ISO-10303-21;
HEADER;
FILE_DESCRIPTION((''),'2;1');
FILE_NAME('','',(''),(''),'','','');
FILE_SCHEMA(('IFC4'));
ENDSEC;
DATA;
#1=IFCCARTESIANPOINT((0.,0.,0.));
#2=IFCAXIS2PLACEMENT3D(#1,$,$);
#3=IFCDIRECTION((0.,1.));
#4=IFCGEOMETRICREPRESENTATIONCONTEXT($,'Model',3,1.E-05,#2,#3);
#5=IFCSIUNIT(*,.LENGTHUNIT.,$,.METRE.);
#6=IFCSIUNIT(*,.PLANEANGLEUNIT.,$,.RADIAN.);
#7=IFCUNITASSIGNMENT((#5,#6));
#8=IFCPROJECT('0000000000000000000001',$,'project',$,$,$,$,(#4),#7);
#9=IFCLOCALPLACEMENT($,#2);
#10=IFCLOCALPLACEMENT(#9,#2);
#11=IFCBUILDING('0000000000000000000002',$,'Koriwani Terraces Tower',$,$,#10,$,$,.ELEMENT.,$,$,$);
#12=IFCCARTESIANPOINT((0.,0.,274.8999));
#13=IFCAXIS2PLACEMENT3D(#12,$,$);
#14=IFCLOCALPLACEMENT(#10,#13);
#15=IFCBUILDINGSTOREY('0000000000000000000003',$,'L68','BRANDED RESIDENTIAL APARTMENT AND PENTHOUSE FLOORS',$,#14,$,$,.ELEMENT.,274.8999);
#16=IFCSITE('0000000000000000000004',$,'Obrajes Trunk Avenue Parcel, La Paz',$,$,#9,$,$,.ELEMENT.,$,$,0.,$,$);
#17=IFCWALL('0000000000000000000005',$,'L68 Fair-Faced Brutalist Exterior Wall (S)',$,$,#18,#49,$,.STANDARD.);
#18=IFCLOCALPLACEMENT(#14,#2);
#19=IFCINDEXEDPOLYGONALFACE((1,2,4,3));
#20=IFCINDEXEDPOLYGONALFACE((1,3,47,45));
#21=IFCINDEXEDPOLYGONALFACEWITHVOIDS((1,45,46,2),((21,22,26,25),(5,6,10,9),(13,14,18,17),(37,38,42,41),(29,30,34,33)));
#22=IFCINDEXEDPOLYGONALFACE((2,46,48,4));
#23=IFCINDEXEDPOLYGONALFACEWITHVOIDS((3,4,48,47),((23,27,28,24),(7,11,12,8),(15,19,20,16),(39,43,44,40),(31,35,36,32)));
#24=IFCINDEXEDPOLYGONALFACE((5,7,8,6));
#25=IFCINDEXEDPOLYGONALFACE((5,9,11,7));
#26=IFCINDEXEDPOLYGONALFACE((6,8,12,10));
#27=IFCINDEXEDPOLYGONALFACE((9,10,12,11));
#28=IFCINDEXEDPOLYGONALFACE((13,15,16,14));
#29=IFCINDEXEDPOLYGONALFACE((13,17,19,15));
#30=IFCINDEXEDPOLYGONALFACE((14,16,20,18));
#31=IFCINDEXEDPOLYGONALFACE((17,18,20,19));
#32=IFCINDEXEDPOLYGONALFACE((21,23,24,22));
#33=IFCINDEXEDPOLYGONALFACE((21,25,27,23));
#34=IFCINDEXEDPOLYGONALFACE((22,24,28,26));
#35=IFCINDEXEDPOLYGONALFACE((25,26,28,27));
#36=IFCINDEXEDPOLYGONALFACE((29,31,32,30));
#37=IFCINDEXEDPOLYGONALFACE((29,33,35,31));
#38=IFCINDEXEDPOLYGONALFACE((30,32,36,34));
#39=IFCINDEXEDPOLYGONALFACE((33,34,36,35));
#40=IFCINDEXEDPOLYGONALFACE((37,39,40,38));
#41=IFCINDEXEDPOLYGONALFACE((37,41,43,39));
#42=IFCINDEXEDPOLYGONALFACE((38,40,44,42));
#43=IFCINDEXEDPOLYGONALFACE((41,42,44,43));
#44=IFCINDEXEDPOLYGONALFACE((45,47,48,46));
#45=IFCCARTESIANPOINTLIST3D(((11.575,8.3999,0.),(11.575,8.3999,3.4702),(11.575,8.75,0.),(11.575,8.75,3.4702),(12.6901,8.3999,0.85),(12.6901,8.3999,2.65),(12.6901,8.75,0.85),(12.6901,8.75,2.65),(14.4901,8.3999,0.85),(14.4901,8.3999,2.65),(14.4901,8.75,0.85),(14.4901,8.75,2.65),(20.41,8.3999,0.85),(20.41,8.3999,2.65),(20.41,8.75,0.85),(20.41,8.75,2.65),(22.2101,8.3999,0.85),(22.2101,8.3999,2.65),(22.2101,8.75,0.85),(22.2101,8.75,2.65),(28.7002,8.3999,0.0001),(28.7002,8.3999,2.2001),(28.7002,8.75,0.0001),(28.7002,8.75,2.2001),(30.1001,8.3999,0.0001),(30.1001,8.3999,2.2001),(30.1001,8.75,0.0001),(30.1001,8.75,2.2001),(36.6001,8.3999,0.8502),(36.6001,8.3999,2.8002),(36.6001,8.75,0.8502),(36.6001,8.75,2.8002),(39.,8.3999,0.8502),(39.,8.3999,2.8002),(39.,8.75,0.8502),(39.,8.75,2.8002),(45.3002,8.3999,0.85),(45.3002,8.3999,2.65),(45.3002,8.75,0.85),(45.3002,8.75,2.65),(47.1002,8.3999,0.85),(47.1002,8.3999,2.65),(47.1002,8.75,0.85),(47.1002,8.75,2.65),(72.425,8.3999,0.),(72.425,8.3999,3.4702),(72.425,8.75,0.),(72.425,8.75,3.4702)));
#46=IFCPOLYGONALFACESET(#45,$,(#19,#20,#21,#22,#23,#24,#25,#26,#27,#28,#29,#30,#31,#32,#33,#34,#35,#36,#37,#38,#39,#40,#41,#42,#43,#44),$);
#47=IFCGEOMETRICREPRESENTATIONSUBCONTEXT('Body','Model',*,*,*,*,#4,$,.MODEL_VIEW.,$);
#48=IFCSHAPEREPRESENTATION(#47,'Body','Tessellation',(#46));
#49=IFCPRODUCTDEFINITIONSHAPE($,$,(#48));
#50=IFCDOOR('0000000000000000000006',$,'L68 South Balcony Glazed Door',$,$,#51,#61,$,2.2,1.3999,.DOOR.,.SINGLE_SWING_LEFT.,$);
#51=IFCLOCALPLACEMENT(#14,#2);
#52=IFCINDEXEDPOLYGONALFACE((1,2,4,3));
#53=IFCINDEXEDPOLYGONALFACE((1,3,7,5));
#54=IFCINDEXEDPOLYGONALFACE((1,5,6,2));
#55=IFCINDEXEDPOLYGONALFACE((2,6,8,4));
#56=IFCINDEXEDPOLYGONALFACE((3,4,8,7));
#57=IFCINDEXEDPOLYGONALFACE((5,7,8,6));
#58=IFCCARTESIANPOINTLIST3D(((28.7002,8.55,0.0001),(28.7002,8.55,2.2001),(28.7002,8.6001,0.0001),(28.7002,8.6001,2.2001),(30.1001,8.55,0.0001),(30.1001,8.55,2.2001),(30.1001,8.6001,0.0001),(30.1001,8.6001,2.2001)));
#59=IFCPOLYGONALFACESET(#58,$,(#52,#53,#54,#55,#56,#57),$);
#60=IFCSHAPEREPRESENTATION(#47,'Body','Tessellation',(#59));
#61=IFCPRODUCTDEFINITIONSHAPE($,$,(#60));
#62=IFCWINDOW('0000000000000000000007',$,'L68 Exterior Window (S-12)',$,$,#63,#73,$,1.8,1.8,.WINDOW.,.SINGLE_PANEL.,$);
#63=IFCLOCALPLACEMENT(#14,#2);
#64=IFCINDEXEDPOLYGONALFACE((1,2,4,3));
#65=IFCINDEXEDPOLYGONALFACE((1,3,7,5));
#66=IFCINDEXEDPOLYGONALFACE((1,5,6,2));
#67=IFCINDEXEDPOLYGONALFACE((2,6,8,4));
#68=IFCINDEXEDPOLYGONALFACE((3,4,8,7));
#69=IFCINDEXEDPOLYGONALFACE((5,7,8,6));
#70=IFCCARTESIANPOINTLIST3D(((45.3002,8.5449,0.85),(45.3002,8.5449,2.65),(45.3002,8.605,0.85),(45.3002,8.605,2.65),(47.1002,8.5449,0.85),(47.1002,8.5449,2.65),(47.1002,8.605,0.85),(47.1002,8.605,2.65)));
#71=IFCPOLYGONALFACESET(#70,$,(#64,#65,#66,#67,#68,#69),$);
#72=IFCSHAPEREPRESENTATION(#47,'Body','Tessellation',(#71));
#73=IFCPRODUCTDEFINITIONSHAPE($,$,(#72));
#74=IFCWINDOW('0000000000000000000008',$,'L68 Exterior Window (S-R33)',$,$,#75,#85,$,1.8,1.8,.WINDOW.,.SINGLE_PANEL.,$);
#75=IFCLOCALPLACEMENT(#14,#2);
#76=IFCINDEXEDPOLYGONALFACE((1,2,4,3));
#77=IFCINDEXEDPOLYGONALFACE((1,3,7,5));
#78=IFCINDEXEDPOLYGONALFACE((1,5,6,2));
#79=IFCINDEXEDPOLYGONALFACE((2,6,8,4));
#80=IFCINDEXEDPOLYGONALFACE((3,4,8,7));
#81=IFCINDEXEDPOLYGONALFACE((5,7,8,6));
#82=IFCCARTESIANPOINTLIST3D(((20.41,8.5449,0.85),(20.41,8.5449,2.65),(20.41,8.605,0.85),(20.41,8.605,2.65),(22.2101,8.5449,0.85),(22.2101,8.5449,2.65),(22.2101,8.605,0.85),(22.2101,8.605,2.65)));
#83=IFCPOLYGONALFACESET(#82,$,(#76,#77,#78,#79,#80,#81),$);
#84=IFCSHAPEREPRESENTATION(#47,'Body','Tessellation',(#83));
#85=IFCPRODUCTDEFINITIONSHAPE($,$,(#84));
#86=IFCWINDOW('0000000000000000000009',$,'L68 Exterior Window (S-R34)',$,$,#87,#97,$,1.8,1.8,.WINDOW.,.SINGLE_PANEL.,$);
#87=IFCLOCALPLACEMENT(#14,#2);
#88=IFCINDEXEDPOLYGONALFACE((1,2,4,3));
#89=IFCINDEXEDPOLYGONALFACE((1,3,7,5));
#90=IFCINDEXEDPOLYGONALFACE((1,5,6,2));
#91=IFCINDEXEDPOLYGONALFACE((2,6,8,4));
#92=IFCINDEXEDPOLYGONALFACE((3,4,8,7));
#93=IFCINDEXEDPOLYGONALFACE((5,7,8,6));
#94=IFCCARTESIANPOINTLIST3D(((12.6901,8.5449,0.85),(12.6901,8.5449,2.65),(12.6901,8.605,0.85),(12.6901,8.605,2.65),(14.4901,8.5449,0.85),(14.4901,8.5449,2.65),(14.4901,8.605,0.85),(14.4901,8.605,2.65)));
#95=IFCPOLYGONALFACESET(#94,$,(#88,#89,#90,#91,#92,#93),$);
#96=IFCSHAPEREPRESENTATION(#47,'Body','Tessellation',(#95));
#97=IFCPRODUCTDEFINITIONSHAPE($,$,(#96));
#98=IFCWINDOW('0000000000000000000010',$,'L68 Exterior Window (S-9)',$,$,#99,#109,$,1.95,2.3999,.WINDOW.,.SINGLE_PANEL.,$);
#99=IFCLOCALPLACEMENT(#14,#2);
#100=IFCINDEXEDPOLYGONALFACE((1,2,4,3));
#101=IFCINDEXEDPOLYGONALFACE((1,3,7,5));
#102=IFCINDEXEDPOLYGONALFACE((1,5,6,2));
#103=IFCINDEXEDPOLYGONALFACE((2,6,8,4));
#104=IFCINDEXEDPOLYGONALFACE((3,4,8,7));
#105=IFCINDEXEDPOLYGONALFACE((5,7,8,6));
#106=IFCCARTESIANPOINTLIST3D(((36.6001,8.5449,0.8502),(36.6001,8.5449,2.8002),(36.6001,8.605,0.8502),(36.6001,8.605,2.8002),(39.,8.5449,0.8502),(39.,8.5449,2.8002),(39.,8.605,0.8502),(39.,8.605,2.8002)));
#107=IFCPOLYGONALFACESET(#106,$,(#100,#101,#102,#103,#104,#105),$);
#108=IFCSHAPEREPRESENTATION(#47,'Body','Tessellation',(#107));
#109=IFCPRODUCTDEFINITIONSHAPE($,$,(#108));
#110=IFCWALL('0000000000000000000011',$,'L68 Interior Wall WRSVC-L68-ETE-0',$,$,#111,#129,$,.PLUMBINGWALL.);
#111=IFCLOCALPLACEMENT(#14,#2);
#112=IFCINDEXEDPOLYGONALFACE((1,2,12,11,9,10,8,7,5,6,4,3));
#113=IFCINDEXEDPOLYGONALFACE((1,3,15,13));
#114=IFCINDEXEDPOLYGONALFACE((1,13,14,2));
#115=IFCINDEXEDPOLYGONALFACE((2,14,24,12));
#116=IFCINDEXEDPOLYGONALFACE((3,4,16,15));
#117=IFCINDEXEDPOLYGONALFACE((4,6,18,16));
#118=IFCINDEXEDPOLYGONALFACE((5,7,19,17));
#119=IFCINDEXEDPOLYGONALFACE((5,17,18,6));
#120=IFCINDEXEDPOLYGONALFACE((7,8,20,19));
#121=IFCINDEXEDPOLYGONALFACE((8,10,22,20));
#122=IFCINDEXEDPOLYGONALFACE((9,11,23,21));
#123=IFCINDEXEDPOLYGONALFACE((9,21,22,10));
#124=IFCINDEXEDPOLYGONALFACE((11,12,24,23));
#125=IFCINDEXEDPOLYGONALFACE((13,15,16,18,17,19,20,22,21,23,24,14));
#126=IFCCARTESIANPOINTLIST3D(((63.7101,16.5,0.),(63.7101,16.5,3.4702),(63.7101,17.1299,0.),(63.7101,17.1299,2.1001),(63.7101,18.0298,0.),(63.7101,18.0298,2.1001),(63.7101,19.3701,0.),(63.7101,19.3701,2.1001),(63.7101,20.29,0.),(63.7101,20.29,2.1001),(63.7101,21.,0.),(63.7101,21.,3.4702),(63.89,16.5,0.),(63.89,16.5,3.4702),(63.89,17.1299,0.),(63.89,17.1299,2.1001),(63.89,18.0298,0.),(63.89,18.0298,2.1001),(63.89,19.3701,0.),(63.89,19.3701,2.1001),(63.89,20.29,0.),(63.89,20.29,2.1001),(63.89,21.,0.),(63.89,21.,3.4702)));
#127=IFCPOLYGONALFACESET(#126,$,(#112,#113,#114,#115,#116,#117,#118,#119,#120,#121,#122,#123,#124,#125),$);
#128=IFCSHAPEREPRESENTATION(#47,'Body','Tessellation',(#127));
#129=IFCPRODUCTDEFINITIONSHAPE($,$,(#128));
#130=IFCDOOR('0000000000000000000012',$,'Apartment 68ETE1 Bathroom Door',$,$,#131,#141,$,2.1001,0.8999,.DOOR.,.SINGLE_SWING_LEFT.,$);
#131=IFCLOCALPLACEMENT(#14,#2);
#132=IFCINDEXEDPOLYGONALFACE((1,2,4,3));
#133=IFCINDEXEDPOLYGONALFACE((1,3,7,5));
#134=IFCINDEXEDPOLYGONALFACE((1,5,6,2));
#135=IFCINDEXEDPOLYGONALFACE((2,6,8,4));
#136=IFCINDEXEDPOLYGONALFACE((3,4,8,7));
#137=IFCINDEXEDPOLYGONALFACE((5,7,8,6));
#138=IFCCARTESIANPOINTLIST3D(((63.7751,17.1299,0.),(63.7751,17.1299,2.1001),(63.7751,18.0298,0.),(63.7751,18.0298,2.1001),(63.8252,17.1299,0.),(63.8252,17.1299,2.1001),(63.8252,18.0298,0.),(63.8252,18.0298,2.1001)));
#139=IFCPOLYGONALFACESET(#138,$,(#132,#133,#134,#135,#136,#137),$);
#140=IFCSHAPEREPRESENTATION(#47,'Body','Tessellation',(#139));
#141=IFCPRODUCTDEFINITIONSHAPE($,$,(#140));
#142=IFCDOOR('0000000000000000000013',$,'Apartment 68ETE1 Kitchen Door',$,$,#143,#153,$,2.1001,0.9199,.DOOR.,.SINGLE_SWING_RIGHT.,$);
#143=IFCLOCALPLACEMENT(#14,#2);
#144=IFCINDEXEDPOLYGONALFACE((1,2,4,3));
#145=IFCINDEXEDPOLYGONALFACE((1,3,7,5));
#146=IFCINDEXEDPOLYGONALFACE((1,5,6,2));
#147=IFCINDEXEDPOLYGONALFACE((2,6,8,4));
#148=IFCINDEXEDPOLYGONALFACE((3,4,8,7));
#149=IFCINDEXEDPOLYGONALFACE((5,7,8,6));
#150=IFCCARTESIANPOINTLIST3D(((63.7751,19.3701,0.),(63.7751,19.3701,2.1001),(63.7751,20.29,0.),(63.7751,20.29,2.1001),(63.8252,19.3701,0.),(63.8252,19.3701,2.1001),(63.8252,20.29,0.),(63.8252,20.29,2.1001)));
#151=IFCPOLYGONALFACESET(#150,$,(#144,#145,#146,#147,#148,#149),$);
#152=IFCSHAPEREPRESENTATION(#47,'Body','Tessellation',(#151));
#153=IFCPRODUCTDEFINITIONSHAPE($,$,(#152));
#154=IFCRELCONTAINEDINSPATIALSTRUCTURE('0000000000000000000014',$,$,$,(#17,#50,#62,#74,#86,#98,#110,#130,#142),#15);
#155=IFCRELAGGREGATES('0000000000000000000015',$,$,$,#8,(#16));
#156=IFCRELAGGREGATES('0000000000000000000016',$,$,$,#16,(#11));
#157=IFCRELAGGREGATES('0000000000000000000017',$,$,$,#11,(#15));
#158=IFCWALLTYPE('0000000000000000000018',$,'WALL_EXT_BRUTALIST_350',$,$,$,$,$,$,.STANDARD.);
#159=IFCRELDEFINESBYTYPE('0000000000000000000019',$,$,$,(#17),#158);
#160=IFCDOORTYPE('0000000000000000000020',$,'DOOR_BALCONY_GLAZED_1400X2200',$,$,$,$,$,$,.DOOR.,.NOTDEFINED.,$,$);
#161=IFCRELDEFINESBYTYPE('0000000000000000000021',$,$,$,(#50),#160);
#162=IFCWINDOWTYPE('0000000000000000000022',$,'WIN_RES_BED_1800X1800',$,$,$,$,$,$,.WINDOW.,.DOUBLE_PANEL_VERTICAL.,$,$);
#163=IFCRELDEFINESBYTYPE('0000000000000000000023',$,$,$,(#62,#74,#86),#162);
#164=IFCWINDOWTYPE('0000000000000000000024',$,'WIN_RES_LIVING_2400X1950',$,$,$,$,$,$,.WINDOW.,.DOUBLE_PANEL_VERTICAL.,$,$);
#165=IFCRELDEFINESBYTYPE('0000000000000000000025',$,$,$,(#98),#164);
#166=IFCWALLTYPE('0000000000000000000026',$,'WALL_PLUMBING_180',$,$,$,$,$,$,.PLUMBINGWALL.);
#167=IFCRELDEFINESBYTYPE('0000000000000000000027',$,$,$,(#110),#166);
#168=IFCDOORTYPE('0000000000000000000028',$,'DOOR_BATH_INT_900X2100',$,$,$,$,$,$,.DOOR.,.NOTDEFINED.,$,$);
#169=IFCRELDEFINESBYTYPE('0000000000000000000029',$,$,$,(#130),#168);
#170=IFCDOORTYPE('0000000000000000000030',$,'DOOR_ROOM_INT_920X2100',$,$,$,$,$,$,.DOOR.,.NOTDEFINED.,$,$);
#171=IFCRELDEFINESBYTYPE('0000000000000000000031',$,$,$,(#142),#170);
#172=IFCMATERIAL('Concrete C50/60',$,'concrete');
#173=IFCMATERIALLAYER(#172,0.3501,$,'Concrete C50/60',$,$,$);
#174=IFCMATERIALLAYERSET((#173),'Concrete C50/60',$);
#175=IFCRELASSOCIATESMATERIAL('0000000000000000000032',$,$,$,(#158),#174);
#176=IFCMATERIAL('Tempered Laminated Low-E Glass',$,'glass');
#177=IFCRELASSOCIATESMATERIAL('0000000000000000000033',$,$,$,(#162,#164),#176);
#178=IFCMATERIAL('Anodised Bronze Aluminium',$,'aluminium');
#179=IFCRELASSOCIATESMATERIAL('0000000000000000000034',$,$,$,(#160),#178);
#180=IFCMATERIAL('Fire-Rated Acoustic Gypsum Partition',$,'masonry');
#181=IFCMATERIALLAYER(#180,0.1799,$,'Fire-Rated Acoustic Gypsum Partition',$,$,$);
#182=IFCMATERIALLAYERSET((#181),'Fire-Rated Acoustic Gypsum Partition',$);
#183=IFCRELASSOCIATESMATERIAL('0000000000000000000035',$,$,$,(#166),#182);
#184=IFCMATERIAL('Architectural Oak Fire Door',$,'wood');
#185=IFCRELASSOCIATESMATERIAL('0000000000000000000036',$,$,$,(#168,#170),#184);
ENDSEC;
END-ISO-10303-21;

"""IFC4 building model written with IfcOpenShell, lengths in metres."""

from ifc_helpers import new_model, si_unit, direction, frame, frame_2d, origin, place, context, subcontext, project, spatial, rectangle, extrude, material, layer, layer_set, type_object, element, fill, save


model = new_model("IFC4")

# Units and contexts
model_context = context("Model", 3, precision=1e-05, world=origin(), true_north=direction((0.0, 1.0)))
body_context = subcontext(model_context, "Body", "Model", "MODEL_VIEW")
ifc_project = project(units=[si_unit("LENGTHUNIT", "METRE"), si_unit("PLANEANGLEUNIT", "RADIAN")], contexts=[model_context])

# Site, building, storey
site_placement = place(None, origin())
site = spatial("IfcSite", under=ifc_project, at=site_placement, Name="Obrajes Trunk Avenue Parcel, La Paz", CompositionType="ELEMENT", RefElevation=0.0)
building_placement = place(site_placement, origin())
building = spatial("IfcBuilding", under=site, at=building_placement, Name="Koriwani Terraces Tower", CompositionType="ELEMENT")
storey_placement = place(building_placement, frame((0.0, 0.0, 274.8999)))
storey = spatial("IfcBuildingStorey", under=building, at=storey_placement, Name="L68", Description="BRANDED RESIDENTIAL APARTMENT AND PENTHOUSE FLOORS", CompositionType="ELEMENT", Elevation=274.8999)

# Shared definitions
ifc_material_1 = material(Name="Concrete C50/60", Category="concrete")

# Shared definitions
ifc_layer_1 = layer(ifc_material_1, 0.3501, Name="Concrete C50/60")
ifc_layer_set_1 = layer_set([ifc_layer_1], Name="Concrete C50/60")
wall_type_1 = type_object("IfcWallType", Name="WALL_EXT_BRUTALIST_350", PredefinedType="STANDARD", material=ifc_layer_set_1)
ifc_material_2 = material(Name="Tempered Laminated Low-E Glass", Category="glass")
window_type_1 = type_object("IfcWindowType", Name="WIN_RES_BED_1800X1800", PartitioningType="DOUBLE_PANEL_VERTICAL", PredefinedType="WINDOW", material=ifc_material_2)

# Wall, openings, door, windows
wall_1_placement = place(storey_placement, frame((72.425, 8.575, 0.0), z_axis=(0.0, 0.0, 1.0), x_axis=(-1.0, 0.0, 0.0)))
wall_1 = element("IfcWall", 1, at=wall_1_placement, inside=storey, type_object=wall_type_1, Name="L68 Fair-Faced Brutalist Exterior Wall (S)", PredefinedType="STANDARD", context=body_context, shape_type="SweptSolid", body=[
    extrude(rectangle(XDim=60.8501, YDim=0.3501, at=frame_2d((30.425, 0.0))), origin(), (0.0, 0.0, 1.0), 3.4702),
])
opening_1_placement = place(wall_1_placement, frame((42.325, 0.0, 0.0)))
opening_1 = element("IfcOpeningElement", 2, at=opening_1_placement, cuts=wall_1, PredefinedType="OPENING", context=body_context, shape_type="SweptSolid", body=[
    extrude(rectangle(XDim=1.3999, YDim=2.2, at=frame_2d((0.7, 1.1001))), frame((0.0, 0.1851, 0.0), z_axis=(0.0, -1.0, 0.0), x_axis=(1.0, 0.0, 0.0)), (0.0, 0.0, 1.0), 0.3701),
])
opening_2_placement = place(wall_1_placement, frame((33.425, 0.0, 0.8501)))
opening_2 = element("IfcOpeningElement", 3, at=opening_2_placement, cuts=wall_1, PredefinedType="OPENING", context=body_context, shape_type="SweptSolid", body=[
    extrude(rectangle(XDim=2.3999, YDim=1.95, at=frame_2d((1.2, 0.9751))), frame((0.0, 0.1851, 0.0), z_axis=(0.0, -1.0, 0.0), x_axis=(1.0, 0.0, 0.0)), (0.0, 0.0, 1.0), 0.3701),
])
opening_3_placement = place(wall_1_placement, frame((25.325, 0.0, 0.8501)))
opening_3 = element("IfcOpeningElement", 4, at=opening_3_placement, cuts=wall_1, PredefinedType="OPENING", context=body_context, shape_type="SweptSolid", body=[
    extrude(rectangle(XDim=1.8, YDim=1.8, at=frame_2d((0.8999, 0.8999))), frame((0.0, 0.1851, 0.0), z_axis=(0.0, -1.0, 0.0), x_axis=(1.0, 0.0, 0.0)), (0.0, 0.0, 1.0), 0.3701),
])
opening_4_placement = place(wall_1_placement, frame((50.2151, 0.0, 0.8501)))
opening_4 = element("IfcOpeningElement", 5, at=opening_4_placement, cuts=wall_1, PredefinedType="OPENING", context=body_context, shape_type="SweptSolid", body=[
    extrude(rectangle(XDim=1.8, YDim=1.8, at=frame_2d((0.8999, 0.8999))), frame((0.0, 0.1851, 0.0), z_axis=(0.0, -1.0, 0.0), x_axis=(1.0, 0.0, 0.0)), (0.0, 0.0, 1.0), 0.3701),
])
opening_5_placement = place(wall_1_placement, frame((57.9351, 0.0, 0.8501)))
opening_5 = element("IfcOpeningElement", 6, at=opening_5_placement, cuts=wall_1, PredefinedType="OPENING", context=body_context, shape_type="SweptSolid", body=[
    extrude(rectangle(XDim=1.8, YDim=1.8, at=frame_2d((0.8999, 0.8999))), frame((0.0, 0.1851, 0.0), z_axis=(0.0, -1.0, 0.0), x_axis=(1.0, 0.0, 0.0)), (0.0, 0.0, 1.0), 0.3701),
])
ifc_material_3 = material(Name="Anodised Bronze Aluminium", Category="aluminium")
door_type_1 = type_object("IfcDoorType", Name="DOOR_BALCONY_GLAZED_1400X2200", OperationType="NOTDEFINED", PredefinedType="DOOR", material=ifc_material_3)
door_1_placement = place(opening_1_placement, origin())
door_1 = element("IfcDoor", 7, at=door_1_placement, inside=storey, type_object=door_type_1, Name="L68 South Balcony Glazed Door", OperationType="SINGLE_SWING_LEFT", OverallHeight=2.2, OverallWidth=1.3999, PredefinedType="DOOR", context=body_context, shape_type="SweptSolid", body=[
    extrude(rectangle(XDim=1.3999, YDim=2.2, at=frame_2d((0.7, 1.1001))), frame((0.0, 0.0249, 0.0), z_axis=(0.0, -1.0, 0.0), x_axis=(1.0, 0.0, 0.0)), (0.0, 0.0, 1.0), 0.05),
])
fill(opening_1, door_1)
window_1_placement = place(opening_3_placement, origin())
window_1 = element("IfcWindow", 8, at=window_1_placement, inside=storey, type_object=window_type_1, Name="L68 Exterior Window (S-12)", OverallHeight=1.8, OverallWidth=1.8, PartitioningType="SINGLE_PANEL", PredefinedType="WINDOW", context=body_context, shape_type="SweptSolid", body=[
    extrude(rectangle(XDim=1.8, YDim=1.8, at=frame_2d((0.8999, 0.8999))), frame((0.0, 0.03, 0.0), z_axis=(0.0, -1.0, 0.0), x_axis=(1.0, 0.0, 0.0)), (0.0, 0.0, 1.0), 0.0601),
])
fill(opening_3, window_1)
window_2_placement = place(opening_4_placement, origin())
window_2 = element("IfcWindow", 9, at=window_2_placement, inside=storey, type_object=window_type_1, Name="L68 Exterior Window (S-R33)", OverallHeight=1.8, OverallWidth=1.8, PartitioningType="SINGLE_PANEL", PredefinedType="WINDOW", context=body_context, shape_type="SweptSolid", body=[
    extrude(rectangle(XDim=1.8, YDim=1.8, at=frame_2d((0.8999, 0.8999))), frame((0.0, 0.03, 0.0), z_axis=(0.0, -1.0, 0.0), x_axis=(1.0, 0.0, 0.0)), (0.0, 0.0, 1.0), 0.0601),
])
fill(opening_4, window_2)
window_3_placement = place(opening_5_placement, origin())
window_3 = element("IfcWindow", 10, at=window_3_placement, inside=storey, type_object=window_type_1, Name="L68 Exterior Window (S-R34)", OverallHeight=1.8, OverallWidth=1.8, PartitioningType="SINGLE_PANEL", PredefinedType="WINDOW", context=body_context, shape_type="SweptSolid", body=[
    extrude(rectangle(XDim=1.8, YDim=1.8, at=frame_2d((0.8999, 0.8999))), frame((0.0, 0.03, 0.0), z_axis=(0.0, -1.0, 0.0), x_axis=(1.0, 0.0, 0.0)), (0.0, 0.0, 1.0), 0.0601),
])
fill(opening_5, window_3)
window_type_2 = type_object("IfcWindowType", Name="WIN_RES_LIVING_2400X1950", PartitioningType="DOUBLE_PANEL_VERTICAL", PredefinedType="WINDOW", material=ifc_material_2)
window_4_placement = place(opening_2_placement, origin())
window_4 = element("IfcWindow", 11, at=window_4_placement, inside=storey, type_object=window_type_2, Name="L68 Exterior Window (S-9)", OverallHeight=1.95, OverallWidth=2.3999, PartitioningType="SINGLE_PANEL", PredefinedType="WINDOW", context=body_context, shape_type="SweptSolid", body=[
    extrude(rectangle(XDim=2.3999, YDim=1.95, at=frame_2d((1.2, 0.9751))), frame((0.0, 0.03, 0.0), z_axis=(0.0, -1.0, 0.0), x_axis=(1.0, 0.0, 0.0)), (0.0, 0.0, 1.0), 0.0601),
])
fill(opening_2, window_4)

# Wall, openings, doors
ifc_material_4 = material(Name="Fire-Rated Acoustic Gypsum Partition", Category="masonry")
ifc_layer_2 = layer(ifc_material_4, 0.1799, Name="Fire-Rated Acoustic Gypsum Partition")
ifc_layer_set_2 = layer_set([ifc_layer_2], Name="Fire-Rated Acoustic Gypsum Partition")
wall_type_2 = type_object("IfcWallType", Name="WALL_PLUMBING_180", PredefinedType="PLUMBINGWALL", material=ifc_layer_set_2)
wall_2_placement = place(storey_placement, frame((63.8, 16.5, 0.0), z_axis=(0.0, 0.0, 1.0), x_axis=(0.0, 1.0, 0.0)))
wall_2 = element("IfcWall", 12, at=wall_2_placement, inside=storey, type_object=wall_type_2, Name="L68 Interior Wall WRSVC-L68-ETE-0", PredefinedType="PLUMBINGWALL", context=body_context, shape_type="SweptSolid", body=[
    extrude(rectangle(XDim=4.5, YDim=0.1799, at=frame_2d((2.25, 0.0))), origin(), (0.0, 0.0, 1.0), 3.4702),
])
opening_6_placement = place(wall_2_placement, frame((0.6299, 0.0, 0.0)))
opening_6 = element("IfcOpeningElement", 13, at=opening_6_placement, cuts=wall_2, PredefinedType="OPENING", context=body_context, shape_type="SweptSolid", body=[
    extrude(rectangle(XDim=0.8999, YDim=2.1001, at=frame_2d((0.45, 1.05))), frame((0.0, 0.1001, 0.0), z_axis=(0.0, -1.0, 0.0), x_axis=(1.0, 0.0, 0.0)), (0.0, 0.0, 1.0), 0.2),
])
opening_7_placement = place(wall_2_placement, frame((2.8701, 0.0, 0.0)))
opening_7 = element("IfcOpeningElement", 14, at=opening_7_placement, cuts=wall_2, PredefinedType="OPENING", context=body_context, shape_type="SweptSolid", body=[
    extrude(rectangle(XDim=0.9199, YDim=2.1001, at=frame_2d((0.46, 1.05))), frame((0.0, 0.1001, 0.0), z_axis=(0.0, -1.0, 0.0), x_axis=(1.0, 0.0, 0.0)), (0.0, 0.0, 1.0), 0.2),
])
ifc_material_5 = material(Name="Architectural Oak Fire Door", Category="wood")
door_type_2 = type_object("IfcDoorType", Name="DOOR_BATH_INT_900X2100", OperationType="NOTDEFINED", PredefinedType="DOOR", material=ifc_material_5)
door_2_placement = place(opening_6_placement, origin())
door_2 = element("IfcDoor", 15, at=door_2_placement, inside=storey, type_object=door_type_2, Name="Apartment 68ETE1 Bathroom Door", OperationType="SINGLE_SWING_LEFT", OverallHeight=2.1001, OverallWidth=0.8999, PredefinedType="DOOR", context=body_context, shape_type="SweptSolid", body=[
    extrude(rectangle(XDim=0.8999, YDim=2.1001, at=frame_2d((0.45, 1.05))), frame((0.0, 0.0249, 0.0), z_axis=(0.0, -1.0, 0.0), x_axis=(1.0, 0.0, 0.0)), (0.0, 0.0, 1.0), 0.05),
])
fill(opening_6, door_2)
door_type_3 = type_object("IfcDoorType", Name="DOOR_ROOM_INT_920X2100", OperationType="NOTDEFINED", PredefinedType="DOOR", material=ifc_material_5)
door_3_placement = place(opening_7_placement, origin())
door_3 = element("IfcDoor", 16, at=door_3_placement, inside=storey, type_object=door_type_3, Name="Apartment 68ETE1 Kitchen Door", OperationType="SINGLE_SWING_RIGHT", OverallHeight=2.1001, OverallWidth=0.9199, PredefinedType="DOOR", context=body_context, shape_type="SweptSolid", body=[
    extrude(rectangle(XDim=0.9199, YDim=2.1001, at=frame_2d((0.46, 1.05))), frame((0.0, 0.0249, 0.0), z_axis=(0.0, -1.0, 0.0), x_axis=(1.0, 0.0, 0.0)), (0.0, 0.0, 1.0), 0.05),
])
fill(opening_7, door_3)

save(model, "model.ifc")
